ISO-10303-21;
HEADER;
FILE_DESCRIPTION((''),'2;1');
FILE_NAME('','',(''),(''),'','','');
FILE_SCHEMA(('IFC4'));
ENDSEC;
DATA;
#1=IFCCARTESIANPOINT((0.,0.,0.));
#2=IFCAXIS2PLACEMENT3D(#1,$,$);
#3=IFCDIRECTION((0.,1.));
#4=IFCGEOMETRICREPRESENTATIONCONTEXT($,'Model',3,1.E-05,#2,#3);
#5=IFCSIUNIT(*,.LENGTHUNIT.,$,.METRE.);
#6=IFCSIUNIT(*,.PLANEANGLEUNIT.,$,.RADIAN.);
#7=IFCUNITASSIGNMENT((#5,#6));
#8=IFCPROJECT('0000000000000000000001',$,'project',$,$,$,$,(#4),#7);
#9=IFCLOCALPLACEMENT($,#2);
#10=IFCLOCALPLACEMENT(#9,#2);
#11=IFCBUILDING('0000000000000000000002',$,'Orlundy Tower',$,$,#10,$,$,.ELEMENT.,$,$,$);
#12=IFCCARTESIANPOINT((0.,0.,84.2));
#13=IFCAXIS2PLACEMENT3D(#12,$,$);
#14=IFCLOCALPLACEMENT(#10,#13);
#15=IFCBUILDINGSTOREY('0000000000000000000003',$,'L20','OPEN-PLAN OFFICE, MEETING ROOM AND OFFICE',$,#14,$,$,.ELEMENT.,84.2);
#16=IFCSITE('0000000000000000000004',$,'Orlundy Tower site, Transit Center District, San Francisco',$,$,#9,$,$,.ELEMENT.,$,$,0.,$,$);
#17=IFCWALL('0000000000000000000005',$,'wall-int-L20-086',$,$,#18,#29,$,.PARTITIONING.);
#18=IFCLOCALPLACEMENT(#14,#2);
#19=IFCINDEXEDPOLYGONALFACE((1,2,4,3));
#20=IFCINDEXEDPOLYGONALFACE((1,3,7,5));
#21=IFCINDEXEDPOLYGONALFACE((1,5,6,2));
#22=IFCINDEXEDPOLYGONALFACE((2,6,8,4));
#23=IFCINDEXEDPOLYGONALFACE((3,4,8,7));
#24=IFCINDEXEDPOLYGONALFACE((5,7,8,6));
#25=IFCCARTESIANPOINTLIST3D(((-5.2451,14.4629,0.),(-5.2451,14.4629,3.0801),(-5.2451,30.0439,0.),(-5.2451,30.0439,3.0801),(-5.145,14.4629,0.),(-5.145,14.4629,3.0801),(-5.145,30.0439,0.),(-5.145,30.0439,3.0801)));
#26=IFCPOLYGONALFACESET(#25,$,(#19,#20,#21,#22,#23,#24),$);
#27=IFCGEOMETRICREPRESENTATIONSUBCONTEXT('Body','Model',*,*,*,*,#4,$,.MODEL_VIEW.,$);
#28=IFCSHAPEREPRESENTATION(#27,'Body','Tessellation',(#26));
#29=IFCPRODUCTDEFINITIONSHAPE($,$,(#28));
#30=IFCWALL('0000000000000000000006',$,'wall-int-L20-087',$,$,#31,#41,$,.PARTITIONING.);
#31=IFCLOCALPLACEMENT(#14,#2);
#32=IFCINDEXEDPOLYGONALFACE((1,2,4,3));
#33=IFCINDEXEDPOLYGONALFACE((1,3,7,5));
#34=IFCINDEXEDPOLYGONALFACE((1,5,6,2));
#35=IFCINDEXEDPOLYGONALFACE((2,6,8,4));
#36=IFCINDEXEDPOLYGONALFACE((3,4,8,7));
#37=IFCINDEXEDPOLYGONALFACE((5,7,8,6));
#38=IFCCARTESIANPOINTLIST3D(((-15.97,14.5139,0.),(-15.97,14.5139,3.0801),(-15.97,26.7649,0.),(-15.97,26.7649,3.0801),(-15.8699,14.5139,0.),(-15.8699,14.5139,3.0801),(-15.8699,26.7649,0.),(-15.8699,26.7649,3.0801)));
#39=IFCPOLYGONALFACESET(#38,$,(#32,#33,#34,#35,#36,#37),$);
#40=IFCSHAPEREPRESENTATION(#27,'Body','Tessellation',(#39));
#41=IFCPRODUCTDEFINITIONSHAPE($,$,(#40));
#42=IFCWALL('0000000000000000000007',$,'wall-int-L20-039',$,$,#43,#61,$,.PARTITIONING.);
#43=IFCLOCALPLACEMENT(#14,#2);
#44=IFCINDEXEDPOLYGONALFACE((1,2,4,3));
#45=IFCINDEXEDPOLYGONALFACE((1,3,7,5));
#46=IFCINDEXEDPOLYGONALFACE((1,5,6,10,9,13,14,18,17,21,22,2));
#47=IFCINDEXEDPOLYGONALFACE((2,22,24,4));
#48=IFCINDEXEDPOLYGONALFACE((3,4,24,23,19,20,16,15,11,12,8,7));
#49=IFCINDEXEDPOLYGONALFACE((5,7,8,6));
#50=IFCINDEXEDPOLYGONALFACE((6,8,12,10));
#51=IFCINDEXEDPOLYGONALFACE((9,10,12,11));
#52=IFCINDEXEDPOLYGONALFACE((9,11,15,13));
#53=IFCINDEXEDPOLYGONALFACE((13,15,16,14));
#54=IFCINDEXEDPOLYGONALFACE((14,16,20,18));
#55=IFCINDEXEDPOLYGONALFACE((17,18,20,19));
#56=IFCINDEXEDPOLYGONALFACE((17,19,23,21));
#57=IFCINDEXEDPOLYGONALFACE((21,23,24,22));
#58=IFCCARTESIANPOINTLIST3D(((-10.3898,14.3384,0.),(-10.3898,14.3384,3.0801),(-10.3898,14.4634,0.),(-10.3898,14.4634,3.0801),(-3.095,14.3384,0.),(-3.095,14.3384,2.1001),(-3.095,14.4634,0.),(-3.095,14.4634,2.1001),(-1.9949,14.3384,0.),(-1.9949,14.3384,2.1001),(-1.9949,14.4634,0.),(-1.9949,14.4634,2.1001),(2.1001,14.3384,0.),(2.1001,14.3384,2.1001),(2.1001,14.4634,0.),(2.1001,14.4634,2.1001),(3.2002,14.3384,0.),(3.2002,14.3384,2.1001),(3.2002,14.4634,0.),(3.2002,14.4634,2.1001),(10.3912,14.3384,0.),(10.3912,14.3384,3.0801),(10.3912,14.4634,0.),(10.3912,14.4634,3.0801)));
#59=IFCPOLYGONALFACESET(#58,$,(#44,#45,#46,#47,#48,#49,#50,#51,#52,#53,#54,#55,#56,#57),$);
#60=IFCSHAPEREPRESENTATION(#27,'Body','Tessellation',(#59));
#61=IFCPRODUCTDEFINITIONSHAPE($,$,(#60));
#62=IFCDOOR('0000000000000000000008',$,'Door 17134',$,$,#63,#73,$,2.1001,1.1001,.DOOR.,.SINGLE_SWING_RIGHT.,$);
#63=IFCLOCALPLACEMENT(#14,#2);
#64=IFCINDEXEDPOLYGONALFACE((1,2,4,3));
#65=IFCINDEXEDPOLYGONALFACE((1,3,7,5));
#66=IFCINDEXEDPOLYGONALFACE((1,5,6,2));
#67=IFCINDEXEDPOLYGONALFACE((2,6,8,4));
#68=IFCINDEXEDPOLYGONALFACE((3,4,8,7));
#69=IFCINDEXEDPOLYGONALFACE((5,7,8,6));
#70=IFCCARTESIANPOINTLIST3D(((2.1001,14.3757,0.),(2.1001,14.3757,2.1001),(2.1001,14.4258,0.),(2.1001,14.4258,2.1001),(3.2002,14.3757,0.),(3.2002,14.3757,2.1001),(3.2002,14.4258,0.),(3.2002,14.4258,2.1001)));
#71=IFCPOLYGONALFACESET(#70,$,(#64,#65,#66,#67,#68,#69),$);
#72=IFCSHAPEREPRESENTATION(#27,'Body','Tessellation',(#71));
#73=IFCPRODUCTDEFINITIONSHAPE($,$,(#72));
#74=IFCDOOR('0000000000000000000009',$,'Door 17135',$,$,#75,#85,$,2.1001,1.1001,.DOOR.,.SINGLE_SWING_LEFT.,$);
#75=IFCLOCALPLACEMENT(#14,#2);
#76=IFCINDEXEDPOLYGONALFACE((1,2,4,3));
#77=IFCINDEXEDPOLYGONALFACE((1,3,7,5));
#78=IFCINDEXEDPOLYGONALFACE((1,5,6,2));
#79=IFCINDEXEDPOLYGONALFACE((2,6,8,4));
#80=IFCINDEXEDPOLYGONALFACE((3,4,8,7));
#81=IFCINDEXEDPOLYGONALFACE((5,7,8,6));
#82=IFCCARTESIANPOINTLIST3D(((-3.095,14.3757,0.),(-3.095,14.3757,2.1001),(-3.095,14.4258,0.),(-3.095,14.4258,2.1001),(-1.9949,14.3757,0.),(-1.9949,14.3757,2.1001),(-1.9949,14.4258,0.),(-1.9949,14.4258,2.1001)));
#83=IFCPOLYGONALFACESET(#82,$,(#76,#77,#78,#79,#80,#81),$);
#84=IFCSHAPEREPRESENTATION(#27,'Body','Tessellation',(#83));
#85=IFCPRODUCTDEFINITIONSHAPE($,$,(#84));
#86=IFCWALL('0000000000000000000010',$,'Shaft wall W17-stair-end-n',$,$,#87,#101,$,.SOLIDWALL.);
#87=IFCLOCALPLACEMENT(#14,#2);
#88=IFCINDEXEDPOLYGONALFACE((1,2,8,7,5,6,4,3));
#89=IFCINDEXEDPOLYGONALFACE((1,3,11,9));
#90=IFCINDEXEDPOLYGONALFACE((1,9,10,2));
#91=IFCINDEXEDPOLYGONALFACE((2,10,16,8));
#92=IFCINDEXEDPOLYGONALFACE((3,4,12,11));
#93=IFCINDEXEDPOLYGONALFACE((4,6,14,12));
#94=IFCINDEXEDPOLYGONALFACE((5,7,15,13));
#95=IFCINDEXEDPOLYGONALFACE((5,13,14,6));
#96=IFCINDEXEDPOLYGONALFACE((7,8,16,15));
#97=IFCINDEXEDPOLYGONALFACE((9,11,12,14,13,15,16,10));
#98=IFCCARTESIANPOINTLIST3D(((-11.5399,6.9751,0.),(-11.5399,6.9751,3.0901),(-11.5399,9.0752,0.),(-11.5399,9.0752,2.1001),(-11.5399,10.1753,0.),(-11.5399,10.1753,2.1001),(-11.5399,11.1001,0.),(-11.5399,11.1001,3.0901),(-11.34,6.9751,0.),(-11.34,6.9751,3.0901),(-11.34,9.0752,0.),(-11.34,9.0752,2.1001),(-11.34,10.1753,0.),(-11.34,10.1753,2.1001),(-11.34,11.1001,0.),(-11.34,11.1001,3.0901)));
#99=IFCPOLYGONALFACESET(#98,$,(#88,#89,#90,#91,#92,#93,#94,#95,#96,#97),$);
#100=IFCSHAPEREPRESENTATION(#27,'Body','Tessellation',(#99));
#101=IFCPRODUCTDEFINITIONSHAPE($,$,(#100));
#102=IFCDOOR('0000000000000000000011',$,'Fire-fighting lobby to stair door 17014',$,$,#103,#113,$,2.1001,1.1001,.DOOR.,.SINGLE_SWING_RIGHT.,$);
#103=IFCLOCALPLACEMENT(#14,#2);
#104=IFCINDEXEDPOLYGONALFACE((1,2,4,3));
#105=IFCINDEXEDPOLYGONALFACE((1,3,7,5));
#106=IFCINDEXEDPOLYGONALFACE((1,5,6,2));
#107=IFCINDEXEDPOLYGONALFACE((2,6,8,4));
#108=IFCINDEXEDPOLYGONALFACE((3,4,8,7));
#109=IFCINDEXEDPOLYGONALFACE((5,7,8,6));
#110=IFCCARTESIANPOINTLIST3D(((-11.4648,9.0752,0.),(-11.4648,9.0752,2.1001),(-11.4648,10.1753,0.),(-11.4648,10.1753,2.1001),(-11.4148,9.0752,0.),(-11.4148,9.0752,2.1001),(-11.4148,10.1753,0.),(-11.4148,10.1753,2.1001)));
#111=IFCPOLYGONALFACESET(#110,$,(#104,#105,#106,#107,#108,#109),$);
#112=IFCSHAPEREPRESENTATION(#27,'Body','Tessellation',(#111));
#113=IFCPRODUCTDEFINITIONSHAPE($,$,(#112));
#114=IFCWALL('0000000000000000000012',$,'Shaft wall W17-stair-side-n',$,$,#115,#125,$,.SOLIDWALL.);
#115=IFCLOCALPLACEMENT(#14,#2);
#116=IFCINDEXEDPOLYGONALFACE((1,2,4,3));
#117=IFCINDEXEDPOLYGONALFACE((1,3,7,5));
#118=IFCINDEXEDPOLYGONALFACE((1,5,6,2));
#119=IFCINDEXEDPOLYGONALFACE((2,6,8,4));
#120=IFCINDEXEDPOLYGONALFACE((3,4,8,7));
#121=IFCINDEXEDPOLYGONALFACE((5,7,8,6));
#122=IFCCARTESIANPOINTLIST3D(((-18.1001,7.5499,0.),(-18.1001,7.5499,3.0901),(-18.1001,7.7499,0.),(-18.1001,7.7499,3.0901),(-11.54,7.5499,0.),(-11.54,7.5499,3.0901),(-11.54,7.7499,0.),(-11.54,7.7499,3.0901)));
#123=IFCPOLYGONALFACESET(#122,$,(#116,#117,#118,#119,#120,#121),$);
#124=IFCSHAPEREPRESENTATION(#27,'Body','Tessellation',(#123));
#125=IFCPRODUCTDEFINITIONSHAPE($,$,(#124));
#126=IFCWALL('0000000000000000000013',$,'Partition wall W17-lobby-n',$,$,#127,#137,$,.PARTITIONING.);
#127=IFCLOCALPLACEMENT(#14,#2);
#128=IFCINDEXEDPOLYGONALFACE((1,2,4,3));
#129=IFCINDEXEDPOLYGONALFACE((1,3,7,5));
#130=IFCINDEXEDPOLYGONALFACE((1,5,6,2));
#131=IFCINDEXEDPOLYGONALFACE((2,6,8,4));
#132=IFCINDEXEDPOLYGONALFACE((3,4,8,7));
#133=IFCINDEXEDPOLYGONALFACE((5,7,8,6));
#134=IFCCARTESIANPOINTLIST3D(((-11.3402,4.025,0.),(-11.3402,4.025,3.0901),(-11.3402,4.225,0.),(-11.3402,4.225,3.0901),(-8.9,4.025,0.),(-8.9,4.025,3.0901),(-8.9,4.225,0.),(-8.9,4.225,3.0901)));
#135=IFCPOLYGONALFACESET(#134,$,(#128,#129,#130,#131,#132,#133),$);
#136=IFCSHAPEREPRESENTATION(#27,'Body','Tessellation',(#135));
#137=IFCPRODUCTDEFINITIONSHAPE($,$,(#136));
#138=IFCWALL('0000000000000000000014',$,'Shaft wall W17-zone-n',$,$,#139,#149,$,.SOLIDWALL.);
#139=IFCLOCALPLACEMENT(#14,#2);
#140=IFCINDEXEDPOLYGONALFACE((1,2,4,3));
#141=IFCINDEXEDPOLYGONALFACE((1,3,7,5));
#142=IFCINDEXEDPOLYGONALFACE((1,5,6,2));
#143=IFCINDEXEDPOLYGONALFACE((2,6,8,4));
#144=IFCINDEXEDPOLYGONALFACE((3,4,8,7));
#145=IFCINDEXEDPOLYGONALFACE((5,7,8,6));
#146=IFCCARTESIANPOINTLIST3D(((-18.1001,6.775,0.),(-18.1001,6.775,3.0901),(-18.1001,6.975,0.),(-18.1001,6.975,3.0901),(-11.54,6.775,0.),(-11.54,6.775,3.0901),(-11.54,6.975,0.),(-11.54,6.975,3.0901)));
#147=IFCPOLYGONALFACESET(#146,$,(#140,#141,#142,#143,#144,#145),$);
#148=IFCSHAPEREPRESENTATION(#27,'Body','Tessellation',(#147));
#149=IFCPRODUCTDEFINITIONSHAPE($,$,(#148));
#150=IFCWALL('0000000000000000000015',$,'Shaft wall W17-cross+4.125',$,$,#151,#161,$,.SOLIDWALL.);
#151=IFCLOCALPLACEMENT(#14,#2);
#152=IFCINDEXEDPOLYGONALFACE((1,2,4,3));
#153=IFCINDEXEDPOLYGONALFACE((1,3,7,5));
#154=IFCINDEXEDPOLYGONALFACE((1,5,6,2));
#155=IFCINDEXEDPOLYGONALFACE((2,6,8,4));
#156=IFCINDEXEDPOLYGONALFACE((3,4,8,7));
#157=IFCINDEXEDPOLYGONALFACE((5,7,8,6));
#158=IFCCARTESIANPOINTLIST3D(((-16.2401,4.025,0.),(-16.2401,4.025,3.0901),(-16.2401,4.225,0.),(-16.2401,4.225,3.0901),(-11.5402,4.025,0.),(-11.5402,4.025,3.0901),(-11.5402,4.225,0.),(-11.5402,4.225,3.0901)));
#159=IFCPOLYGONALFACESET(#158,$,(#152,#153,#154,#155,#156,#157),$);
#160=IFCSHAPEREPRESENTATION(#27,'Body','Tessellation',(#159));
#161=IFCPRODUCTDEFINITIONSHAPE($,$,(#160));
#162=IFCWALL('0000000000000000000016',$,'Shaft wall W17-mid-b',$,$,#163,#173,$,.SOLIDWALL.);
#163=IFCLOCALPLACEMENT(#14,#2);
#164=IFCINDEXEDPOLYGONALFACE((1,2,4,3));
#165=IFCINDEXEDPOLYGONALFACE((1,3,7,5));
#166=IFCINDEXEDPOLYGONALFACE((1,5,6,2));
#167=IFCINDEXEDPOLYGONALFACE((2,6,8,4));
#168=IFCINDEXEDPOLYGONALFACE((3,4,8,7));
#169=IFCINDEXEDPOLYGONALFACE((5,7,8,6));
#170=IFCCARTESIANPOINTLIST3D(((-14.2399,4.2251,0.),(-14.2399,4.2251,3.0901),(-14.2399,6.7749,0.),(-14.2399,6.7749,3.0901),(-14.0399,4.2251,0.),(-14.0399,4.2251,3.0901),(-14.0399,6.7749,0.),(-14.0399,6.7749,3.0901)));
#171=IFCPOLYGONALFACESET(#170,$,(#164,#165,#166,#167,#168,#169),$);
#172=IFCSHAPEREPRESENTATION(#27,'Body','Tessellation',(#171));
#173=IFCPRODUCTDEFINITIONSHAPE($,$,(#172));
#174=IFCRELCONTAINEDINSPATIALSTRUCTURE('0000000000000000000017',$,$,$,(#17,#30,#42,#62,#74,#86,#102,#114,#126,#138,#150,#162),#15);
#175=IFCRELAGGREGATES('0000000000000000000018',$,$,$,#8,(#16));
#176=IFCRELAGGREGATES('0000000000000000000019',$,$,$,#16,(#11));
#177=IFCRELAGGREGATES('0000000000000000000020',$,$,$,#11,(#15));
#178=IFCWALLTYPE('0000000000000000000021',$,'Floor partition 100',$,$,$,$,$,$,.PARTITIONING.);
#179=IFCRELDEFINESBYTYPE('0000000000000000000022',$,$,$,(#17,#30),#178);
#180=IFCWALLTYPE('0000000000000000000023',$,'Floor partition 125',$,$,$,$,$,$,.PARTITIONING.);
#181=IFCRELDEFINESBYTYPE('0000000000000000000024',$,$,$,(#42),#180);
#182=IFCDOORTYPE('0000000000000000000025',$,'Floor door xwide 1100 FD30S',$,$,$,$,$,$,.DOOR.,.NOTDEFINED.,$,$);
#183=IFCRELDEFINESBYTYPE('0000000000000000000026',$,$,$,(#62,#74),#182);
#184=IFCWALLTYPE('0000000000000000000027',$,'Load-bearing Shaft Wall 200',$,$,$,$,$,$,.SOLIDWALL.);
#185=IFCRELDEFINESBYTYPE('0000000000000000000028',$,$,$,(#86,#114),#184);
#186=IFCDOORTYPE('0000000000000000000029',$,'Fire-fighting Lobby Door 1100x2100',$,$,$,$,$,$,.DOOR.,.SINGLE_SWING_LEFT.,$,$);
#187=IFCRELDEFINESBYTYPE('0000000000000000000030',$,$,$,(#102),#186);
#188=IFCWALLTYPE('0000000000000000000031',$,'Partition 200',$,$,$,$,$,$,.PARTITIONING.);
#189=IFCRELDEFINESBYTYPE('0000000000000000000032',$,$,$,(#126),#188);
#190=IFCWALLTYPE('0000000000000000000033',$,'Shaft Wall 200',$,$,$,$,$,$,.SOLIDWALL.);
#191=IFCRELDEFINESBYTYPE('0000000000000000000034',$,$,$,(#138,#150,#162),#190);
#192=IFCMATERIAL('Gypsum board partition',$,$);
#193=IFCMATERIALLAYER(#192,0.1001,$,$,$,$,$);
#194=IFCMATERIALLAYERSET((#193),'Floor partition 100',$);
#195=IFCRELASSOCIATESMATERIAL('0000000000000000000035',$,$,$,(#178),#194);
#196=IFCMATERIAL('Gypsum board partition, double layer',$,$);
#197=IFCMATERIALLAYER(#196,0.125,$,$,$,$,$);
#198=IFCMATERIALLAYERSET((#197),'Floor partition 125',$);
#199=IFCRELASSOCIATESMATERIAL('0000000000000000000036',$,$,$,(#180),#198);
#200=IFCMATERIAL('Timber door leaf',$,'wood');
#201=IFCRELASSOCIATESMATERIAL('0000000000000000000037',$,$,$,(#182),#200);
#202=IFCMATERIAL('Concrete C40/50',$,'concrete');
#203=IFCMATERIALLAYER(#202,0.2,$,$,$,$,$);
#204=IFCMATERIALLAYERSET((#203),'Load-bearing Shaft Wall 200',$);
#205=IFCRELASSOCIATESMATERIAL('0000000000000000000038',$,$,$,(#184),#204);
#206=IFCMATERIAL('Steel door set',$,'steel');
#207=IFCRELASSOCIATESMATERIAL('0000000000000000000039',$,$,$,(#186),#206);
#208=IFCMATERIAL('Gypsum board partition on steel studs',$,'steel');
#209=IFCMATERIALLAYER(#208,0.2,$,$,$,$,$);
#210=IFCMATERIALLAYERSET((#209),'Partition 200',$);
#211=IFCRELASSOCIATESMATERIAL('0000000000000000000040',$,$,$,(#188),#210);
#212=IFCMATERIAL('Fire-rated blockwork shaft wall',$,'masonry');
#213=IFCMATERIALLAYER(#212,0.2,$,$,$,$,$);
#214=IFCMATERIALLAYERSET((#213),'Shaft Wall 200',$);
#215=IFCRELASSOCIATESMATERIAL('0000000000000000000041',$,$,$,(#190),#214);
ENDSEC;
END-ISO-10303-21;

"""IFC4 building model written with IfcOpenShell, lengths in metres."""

from ifc_helpers import new_model, si_unit, direction, frame, frame_2d, origin, place, context, subcontext, project, spatial, rectangle, extrude, material, layer, layer_set, type_object, element, fill, save


model = new_model("IFC4")

# Units and contexts
model_context = context("Model", 3, precision=1e-05, world=origin(), true_north=direction((0.0, 1.0)))
body_context = subcontext(model_context, "Body", "Model", "MODEL_VIEW")
ifc_project = project(units=[si_unit("LENGTHUNIT", "METRE"), si_unit("PLANEANGLEUNIT", "RADIAN")], contexts=[model_context])

# Site, building, storey
site_placement = place(None, origin())
site = spatial("IfcSite", under=ifc_project, at=site_placement, Name="Orlundy Tower site, Transit Center District, San Francisco", CompositionType="ELEMENT", RefElevation=0.0)
building_placement = place(site_placement, origin())
building = spatial("IfcBuilding", under=site, at=building_placement, Name="Orlundy Tower", CompositionType="ELEMENT")
storey_placement = place(building_placement, frame((0.0, 0.0, 84.2)))
storey = spatial("IfcBuildingStorey", under=building, at=storey_placement, Name="L20", Description="OPEN-PLAN OFFICE, MEETING ROOM AND OFFICE", CompositionType="ELEMENT", Elevation=84.2)

# Walls
ifc_material_1 = material(Name="Gypsum board partition")
ifc_layer_1 = layer(ifc_material_1, 0.1001)
ifc_layer_set_1 = layer_set([ifc_layer_1], Name="Floor partition 100")
wall_type_1 = type_object("IfcWallType", Name="Floor partition 100", PredefinedType="PARTITIONING", material=ifc_layer_set_1)
wall_1_placement = place(storey_placement, frame((-5.1951, 14.4629, 0.0), z_axis=(0.0, 0.0, 1.0), x_axis=(0.0, 1.0, 0.0)))
element("IfcWall", 1, at=wall_1_placement, inside=storey, type_object=wall_type_1, Name="wall-int-L20-086", PredefinedType="PARTITIONING", context=body_context, shape_type="SweptSolid", body=[
    extrude(rectangle(XDim=15.5811, YDim=0.1001, at=frame_2d((7.7905, 0.0))), origin(), (0.0, 0.0, 1.0), 3.0801),
])
wall_2_placement = place(storey_placement, frame((-15.9199, 14.5139, 0.0), z_axis=(0.0, 0.0, 1.0), x_axis=(0.0, 1.0, 0.0)))
element("IfcWall", 2, at=wall_2_placement, inside=storey, type_object=wall_type_1, Name="wall-int-L20-087", PredefinedType="PARTITIONING", context=body_context, shape_type="SweptSolid", body=[
    extrude(rectangle(XDim=12.251, YDim=0.1001, at=frame_2d((6.1255, 0.0))), origin(), (0.0, 0.0, 1.0), 3.0801),
])

# Wall, openings, doors
ifc_material_2 = material(Name="Gypsum board partition, double layer")
ifc_layer_2 = layer(ifc_material_2, 0.125)
ifc_layer_set_2 = layer_set([ifc_layer_2], Name="Floor partition 125")
wall_type_2 = type_object("IfcWallType", Name="Floor partition 125", PredefinedType="PARTITIONING", material=ifc_layer_set_2)
wall_3_placement = place(storey_placement, frame((-10.3899, 14.4009, 0.0), z_axis=(0.0, 0.0, 1.0), x_axis=(1.0, 0.0, 0.0)))
wall_3 = element("IfcWall", 3, at=wall_3_placement, inside=storey, type_object=wall_type_2, Name="wall-int-L20-039", PredefinedType="PARTITIONING", context=body_context, shape_type="SweptSolid", body=[
    extrude(rectangle(XDim=20.781, YDim=0.125, at=frame_2d((10.3906, 0.0))), origin(), (0.0, 0.0, 1.0), 3.0801),
])
opening_1_placement = place(wall_3_placement, frame((12.49, 0.0, 0.0)))
opening_1 = element("IfcOpeningElement", 4, at=opening_1_placement, cuts=wall_3, PredefinedType="OPENING", context=body_context, shape_type="SweptSolid", body=[
    extrude(rectangle(XDim=1.1001, YDim=2.1001, at=frame_2d((0.55, 1.05))), frame((0.0, 0.0725, 0.0), z_axis=(0.0, -1.0, 0.0), x_axis=(1.0, 0.0, 0.0)), (0.0, 0.0, 1.0), 0.145),
])
opening_2_placement = place(wall_3_placement, frame((7.2949, 0.0, 0.0)))
opening_2 = element("IfcOpeningElement", 5, at=opening_2_placement, cuts=wall_3, PredefinedType="OPENING", context=body_context, shape_type="SweptSolid", body=[
    extrude(rectangle(XDim=1.1001, YDim=2.1001, at=frame_2d((0.55, 1.05))), frame((0.0, 0.0725, 0.0), z_axis=(0.0, -1.0, 0.0), x_axis=(1.0, 0.0, 0.0)), (0.0, 0.0, 1.0), 0.145),
])
ifc_material_3 = material(Name="Timber door leaf", Category="wood")
door_type_1 = type_object("IfcDoorType", Name="Floor door xwide 1100 FD30S", OperationType="NOTDEFINED", PredefinedType="DOOR", material=ifc_material_3)
door_1_placement = place(opening_1_placement, origin())
door_1 = element("IfcDoor", 6, at=door_1_placement, inside=storey, type_object=door_type_1, Name="Door 17134", OperationType="SINGLE_SWING_RIGHT", OverallHeight=2.1001, OverallWidth=1.1001, PredefinedType="DOOR", context=body_context, shape_type="SweptSolid", body=[
    extrude(rectangle(XDim=1.1001, YDim=2.1001, at=frame_2d((0.55, 1.05))), frame((0.0, 0.0249, 0.0), z_axis=(0.0, -1.0, 0.0), x_axis=(1.0, 0.0, 0.0)), (0.0, 0.0, 1.0), 0.05),
])
fill(opening_1, door_1)
door_2_placement = place(opening_2_placement, origin())
door_2 = element("IfcDoor", 7, at=door_2_placement, inside=storey, type_object=door_type_1, Name="Door 17135", OperationType="SINGLE_SWING_LEFT", OverallHeight=2.1001, OverallWidth=1.1001, PredefinedType="DOOR", context=body_context, shape_type="SweptSolid", body=[
    extrude(rectangle(XDim=1.1001, YDim=2.1001, at=frame_2d((0.55, 1.05))), frame((0.0, 0.0249, 0.0), z_axis=(0.0, -1.0, 0.0), x_axis=(1.0, 0.0, 0.0)), (0.0, 0.0, 1.0), 0.05),
])
fill(opening_2, door_2)

# Wall, opening, door
ifc_material_4 = material(Name="Concrete C40/50", Category="concrete")
ifc_layer_3 = layer(ifc_material_4, 0.2)
ifc_layer_set_3 = layer_set([ifc_layer_3], Name="Load-bearing Shaft Wall 200")
wall_type_3 = type_object("IfcWallType", Name="Load-bearing Shaft Wall 200", PredefinedType="SOLIDWALL", material=ifc_layer_set_3)
wall_4_placement = place(storey_placement, frame((-11.4399, 6.9751, 0.0), z_axis=(0.0, 0.0, 1.0), x_axis=(0.0, 1.0, 0.0)))
wall_4 = element("IfcWall", 8, at=wall_4_placement, inside=storey, type_object=wall_type_3, Name="Shaft wall W17-stair-end-n", PredefinedType="SOLIDWALL", context=body_context, shape_type="SweptSolid", body=[
    extrude(rectangle(XDim=4.125, YDim=0.2, at=frame_2d((2.0625, 0.0))), origin(), (0.0, 0.0, 1.0), 3.0901),
])
opening_3_placement = place(wall_4_placement, frame((2.1001, 0.0, 0.0)))
opening_3 = element("IfcOpeningElement", 9, at=opening_3_placement, cuts=wall_4, PredefinedType="OPENING", context=body_context, shape_type="SweptSolid", body=[
    extrude(rectangle(XDim=1.1001, YDim=2.1001, at=frame_2d((0.55, 1.05))), frame((0.0, 0.1101, 0.0), z_axis=(0.0, -1.0, 0.0), x_axis=(1.0, 0.0, 0.0)), (0.0, 0.0, 1.0), 0.2202),
])
ifc_material_5 = material(Name="Steel door set", Category="steel")
door_type_2 = type_object("IfcDoorType", Name="Fire-fighting Lobby Door 1100x2100", OperationType="SINGLE_SWING_LEFT", PredefinedType="DOOR", material=ifc_material_5)
door_3_placement = place(opening_3_placement, origin())
door_3 = element("IfcDoor", 10, at=door_3_placement, inside=storey, type_object=door_type_2, Name="Fire-fighting lobby to stair door 17014", OperationType="SINGLE_SWING_RIGHT", OverallHeight=2.1001, OverallWidth=1.1001, PredefinedType="DOOR", context=body_context, shape_type="SweptSolid", body=[
    extrude(rectangle(XDim=1.1001, YDim=2.1001, at=frame_2d((0.55, 1.05))), frame((0.0, 0.0249, 0.0), z_axis=(0.0, -1.0, 0.0), x_axis=(1.0, 0.0, 0.0)), (0.0, 0.0, 1.0), 0.05),
])
fill(opening_3, door_3)

# Walls
wall_5_placement = place(storey_placement, frame((-11.54, 7.6499, 0.0), z_axis=(0.0, 0.0, 1.0), x_axis=(-1.0, 0.0, 0.0)))
element("IfcWall", 11, at=wall_5_placement, inside=storey, type_object=wall_type_3, Name="Shaft wall W17-stair-side-n", PredefinedType="SOLIDWALL", context=body_context, shape_type="SweptSolid", body=[
    extrude(rectangle(XDim=6.5601, YDim=0.2, at=frame_2d((3.28, 0.0))), origin(), (0.0, 0.0, 1.0), 3.0901),
])
ifc_material_6 = material(Name="Gypsum board partition on steel studs", Category="steel")
ifc_layer_4 = layer(ifc_material_6, 0.2)
ifc_layer_set_4 = layer_set([ifc_layer_4], Name="Partition 200")
wall_type_4 = type_object("IfcWallType", Name="Partition 200", PredefinedType="PARTITIONING", material=ifc_layer_set_4)
wall_6_placement = place(storey_placement, frame((-8.8999, 4.125, 0.0), z_axis=(0.0, 0.0, 1.0), x_axis=(-1.0, 0.0, 0.0)))
element("IfcWall", 12, at=wall_6_placement, inside=storey, type_object=wall_type_4, Name="Partition wall W17-lobby-n", PredefinedType="PARTITIONING", context=body_context, shape_type="SweptSolid", body=[
    extrude(rectangle(XDim=2.4402, YDim=0.2, at=frame_2d((1.2202, 0.0))), origin(), (0.0, 0.0, 1.0), 3.0901),
])
ifc_material_7 = material(Name="Fire-rated blockwork shaft wall", Category="masonry")
ifc_layer_5 = layer(ifc_material_7, 0.2)
ifc_layer_set_5 = layer_set([ifc_layer_5], Name="Shaft Wall 200")
wall_type_5 = type_object("IfcWallType", Name="Shaft Wall 200", PredefinedType="SOLIDWALL", material=ifc_layer_set_5)
wall_7_placement = place(storey_placement, frame((-11.54, 6.875, 0.0), z_axis=(0.0, 0.0, 1.0), x_axis=(-1.0, 0.0, 0.0)))
element("IfcWall", 13, at=wall_7_placement, inside=storey, type_object=wall_type_5, Name="Shaft wall W17-zone-n", PredefinedType="SOLIDWALL", context=body_context, shape_type="SweptSolid", body=[
    extrude(rectangle(XDim=6.5601, YDim=0.2, at=frame_2d((3.28, 0.0))), origin(), (0.0, 0.0, 1.0), 3.0901),
])
wall_8_placement = place(storey_placement, frame((-11.54, 4.125, 0.0), z_axis=(0.0, 0.0, 1.0), x_axis=(-1.0, 0.0, 0.0)))
element("IfcWall", 14, at=wall_8_placement, inside=storey, type_object=wall_type_5, Name="Shaft wall W17-cross+4.125", PredefinedType="SOLIDWALL", context=body_context, shape_type="SweptSolid", body=[
    extrude(rectangle(XDim=4.7, YDim=0.2, at=frame_2d((2.3501, 0.0))), origin(), (0.0, 0.0, 1.0), 3.0901),
])
wall_9_placement = place(storey_placement, frame((-14.1399, 4.2251, 0.0), z_axis=(0.0, 0.0, 1.0), x_axis=(0.0, 1.0, 0.0)))
element("IfcWall", 15, at=wall_9_placement, inside=storey, type_object=wall_type_5, Name="Shaft wall W17-mid-b", PredefinedType="SOLIDWALL", context=body_context, shape_type="SweptSolid", body=[
    extrude(rectangle(XDim=2.5498, YDim=0.2, at=frame_2d((1.2749, 0.0))), origin(), (0.0, 0.0, 1.0), 3.0901),
])

save(model, "model.ifc")
